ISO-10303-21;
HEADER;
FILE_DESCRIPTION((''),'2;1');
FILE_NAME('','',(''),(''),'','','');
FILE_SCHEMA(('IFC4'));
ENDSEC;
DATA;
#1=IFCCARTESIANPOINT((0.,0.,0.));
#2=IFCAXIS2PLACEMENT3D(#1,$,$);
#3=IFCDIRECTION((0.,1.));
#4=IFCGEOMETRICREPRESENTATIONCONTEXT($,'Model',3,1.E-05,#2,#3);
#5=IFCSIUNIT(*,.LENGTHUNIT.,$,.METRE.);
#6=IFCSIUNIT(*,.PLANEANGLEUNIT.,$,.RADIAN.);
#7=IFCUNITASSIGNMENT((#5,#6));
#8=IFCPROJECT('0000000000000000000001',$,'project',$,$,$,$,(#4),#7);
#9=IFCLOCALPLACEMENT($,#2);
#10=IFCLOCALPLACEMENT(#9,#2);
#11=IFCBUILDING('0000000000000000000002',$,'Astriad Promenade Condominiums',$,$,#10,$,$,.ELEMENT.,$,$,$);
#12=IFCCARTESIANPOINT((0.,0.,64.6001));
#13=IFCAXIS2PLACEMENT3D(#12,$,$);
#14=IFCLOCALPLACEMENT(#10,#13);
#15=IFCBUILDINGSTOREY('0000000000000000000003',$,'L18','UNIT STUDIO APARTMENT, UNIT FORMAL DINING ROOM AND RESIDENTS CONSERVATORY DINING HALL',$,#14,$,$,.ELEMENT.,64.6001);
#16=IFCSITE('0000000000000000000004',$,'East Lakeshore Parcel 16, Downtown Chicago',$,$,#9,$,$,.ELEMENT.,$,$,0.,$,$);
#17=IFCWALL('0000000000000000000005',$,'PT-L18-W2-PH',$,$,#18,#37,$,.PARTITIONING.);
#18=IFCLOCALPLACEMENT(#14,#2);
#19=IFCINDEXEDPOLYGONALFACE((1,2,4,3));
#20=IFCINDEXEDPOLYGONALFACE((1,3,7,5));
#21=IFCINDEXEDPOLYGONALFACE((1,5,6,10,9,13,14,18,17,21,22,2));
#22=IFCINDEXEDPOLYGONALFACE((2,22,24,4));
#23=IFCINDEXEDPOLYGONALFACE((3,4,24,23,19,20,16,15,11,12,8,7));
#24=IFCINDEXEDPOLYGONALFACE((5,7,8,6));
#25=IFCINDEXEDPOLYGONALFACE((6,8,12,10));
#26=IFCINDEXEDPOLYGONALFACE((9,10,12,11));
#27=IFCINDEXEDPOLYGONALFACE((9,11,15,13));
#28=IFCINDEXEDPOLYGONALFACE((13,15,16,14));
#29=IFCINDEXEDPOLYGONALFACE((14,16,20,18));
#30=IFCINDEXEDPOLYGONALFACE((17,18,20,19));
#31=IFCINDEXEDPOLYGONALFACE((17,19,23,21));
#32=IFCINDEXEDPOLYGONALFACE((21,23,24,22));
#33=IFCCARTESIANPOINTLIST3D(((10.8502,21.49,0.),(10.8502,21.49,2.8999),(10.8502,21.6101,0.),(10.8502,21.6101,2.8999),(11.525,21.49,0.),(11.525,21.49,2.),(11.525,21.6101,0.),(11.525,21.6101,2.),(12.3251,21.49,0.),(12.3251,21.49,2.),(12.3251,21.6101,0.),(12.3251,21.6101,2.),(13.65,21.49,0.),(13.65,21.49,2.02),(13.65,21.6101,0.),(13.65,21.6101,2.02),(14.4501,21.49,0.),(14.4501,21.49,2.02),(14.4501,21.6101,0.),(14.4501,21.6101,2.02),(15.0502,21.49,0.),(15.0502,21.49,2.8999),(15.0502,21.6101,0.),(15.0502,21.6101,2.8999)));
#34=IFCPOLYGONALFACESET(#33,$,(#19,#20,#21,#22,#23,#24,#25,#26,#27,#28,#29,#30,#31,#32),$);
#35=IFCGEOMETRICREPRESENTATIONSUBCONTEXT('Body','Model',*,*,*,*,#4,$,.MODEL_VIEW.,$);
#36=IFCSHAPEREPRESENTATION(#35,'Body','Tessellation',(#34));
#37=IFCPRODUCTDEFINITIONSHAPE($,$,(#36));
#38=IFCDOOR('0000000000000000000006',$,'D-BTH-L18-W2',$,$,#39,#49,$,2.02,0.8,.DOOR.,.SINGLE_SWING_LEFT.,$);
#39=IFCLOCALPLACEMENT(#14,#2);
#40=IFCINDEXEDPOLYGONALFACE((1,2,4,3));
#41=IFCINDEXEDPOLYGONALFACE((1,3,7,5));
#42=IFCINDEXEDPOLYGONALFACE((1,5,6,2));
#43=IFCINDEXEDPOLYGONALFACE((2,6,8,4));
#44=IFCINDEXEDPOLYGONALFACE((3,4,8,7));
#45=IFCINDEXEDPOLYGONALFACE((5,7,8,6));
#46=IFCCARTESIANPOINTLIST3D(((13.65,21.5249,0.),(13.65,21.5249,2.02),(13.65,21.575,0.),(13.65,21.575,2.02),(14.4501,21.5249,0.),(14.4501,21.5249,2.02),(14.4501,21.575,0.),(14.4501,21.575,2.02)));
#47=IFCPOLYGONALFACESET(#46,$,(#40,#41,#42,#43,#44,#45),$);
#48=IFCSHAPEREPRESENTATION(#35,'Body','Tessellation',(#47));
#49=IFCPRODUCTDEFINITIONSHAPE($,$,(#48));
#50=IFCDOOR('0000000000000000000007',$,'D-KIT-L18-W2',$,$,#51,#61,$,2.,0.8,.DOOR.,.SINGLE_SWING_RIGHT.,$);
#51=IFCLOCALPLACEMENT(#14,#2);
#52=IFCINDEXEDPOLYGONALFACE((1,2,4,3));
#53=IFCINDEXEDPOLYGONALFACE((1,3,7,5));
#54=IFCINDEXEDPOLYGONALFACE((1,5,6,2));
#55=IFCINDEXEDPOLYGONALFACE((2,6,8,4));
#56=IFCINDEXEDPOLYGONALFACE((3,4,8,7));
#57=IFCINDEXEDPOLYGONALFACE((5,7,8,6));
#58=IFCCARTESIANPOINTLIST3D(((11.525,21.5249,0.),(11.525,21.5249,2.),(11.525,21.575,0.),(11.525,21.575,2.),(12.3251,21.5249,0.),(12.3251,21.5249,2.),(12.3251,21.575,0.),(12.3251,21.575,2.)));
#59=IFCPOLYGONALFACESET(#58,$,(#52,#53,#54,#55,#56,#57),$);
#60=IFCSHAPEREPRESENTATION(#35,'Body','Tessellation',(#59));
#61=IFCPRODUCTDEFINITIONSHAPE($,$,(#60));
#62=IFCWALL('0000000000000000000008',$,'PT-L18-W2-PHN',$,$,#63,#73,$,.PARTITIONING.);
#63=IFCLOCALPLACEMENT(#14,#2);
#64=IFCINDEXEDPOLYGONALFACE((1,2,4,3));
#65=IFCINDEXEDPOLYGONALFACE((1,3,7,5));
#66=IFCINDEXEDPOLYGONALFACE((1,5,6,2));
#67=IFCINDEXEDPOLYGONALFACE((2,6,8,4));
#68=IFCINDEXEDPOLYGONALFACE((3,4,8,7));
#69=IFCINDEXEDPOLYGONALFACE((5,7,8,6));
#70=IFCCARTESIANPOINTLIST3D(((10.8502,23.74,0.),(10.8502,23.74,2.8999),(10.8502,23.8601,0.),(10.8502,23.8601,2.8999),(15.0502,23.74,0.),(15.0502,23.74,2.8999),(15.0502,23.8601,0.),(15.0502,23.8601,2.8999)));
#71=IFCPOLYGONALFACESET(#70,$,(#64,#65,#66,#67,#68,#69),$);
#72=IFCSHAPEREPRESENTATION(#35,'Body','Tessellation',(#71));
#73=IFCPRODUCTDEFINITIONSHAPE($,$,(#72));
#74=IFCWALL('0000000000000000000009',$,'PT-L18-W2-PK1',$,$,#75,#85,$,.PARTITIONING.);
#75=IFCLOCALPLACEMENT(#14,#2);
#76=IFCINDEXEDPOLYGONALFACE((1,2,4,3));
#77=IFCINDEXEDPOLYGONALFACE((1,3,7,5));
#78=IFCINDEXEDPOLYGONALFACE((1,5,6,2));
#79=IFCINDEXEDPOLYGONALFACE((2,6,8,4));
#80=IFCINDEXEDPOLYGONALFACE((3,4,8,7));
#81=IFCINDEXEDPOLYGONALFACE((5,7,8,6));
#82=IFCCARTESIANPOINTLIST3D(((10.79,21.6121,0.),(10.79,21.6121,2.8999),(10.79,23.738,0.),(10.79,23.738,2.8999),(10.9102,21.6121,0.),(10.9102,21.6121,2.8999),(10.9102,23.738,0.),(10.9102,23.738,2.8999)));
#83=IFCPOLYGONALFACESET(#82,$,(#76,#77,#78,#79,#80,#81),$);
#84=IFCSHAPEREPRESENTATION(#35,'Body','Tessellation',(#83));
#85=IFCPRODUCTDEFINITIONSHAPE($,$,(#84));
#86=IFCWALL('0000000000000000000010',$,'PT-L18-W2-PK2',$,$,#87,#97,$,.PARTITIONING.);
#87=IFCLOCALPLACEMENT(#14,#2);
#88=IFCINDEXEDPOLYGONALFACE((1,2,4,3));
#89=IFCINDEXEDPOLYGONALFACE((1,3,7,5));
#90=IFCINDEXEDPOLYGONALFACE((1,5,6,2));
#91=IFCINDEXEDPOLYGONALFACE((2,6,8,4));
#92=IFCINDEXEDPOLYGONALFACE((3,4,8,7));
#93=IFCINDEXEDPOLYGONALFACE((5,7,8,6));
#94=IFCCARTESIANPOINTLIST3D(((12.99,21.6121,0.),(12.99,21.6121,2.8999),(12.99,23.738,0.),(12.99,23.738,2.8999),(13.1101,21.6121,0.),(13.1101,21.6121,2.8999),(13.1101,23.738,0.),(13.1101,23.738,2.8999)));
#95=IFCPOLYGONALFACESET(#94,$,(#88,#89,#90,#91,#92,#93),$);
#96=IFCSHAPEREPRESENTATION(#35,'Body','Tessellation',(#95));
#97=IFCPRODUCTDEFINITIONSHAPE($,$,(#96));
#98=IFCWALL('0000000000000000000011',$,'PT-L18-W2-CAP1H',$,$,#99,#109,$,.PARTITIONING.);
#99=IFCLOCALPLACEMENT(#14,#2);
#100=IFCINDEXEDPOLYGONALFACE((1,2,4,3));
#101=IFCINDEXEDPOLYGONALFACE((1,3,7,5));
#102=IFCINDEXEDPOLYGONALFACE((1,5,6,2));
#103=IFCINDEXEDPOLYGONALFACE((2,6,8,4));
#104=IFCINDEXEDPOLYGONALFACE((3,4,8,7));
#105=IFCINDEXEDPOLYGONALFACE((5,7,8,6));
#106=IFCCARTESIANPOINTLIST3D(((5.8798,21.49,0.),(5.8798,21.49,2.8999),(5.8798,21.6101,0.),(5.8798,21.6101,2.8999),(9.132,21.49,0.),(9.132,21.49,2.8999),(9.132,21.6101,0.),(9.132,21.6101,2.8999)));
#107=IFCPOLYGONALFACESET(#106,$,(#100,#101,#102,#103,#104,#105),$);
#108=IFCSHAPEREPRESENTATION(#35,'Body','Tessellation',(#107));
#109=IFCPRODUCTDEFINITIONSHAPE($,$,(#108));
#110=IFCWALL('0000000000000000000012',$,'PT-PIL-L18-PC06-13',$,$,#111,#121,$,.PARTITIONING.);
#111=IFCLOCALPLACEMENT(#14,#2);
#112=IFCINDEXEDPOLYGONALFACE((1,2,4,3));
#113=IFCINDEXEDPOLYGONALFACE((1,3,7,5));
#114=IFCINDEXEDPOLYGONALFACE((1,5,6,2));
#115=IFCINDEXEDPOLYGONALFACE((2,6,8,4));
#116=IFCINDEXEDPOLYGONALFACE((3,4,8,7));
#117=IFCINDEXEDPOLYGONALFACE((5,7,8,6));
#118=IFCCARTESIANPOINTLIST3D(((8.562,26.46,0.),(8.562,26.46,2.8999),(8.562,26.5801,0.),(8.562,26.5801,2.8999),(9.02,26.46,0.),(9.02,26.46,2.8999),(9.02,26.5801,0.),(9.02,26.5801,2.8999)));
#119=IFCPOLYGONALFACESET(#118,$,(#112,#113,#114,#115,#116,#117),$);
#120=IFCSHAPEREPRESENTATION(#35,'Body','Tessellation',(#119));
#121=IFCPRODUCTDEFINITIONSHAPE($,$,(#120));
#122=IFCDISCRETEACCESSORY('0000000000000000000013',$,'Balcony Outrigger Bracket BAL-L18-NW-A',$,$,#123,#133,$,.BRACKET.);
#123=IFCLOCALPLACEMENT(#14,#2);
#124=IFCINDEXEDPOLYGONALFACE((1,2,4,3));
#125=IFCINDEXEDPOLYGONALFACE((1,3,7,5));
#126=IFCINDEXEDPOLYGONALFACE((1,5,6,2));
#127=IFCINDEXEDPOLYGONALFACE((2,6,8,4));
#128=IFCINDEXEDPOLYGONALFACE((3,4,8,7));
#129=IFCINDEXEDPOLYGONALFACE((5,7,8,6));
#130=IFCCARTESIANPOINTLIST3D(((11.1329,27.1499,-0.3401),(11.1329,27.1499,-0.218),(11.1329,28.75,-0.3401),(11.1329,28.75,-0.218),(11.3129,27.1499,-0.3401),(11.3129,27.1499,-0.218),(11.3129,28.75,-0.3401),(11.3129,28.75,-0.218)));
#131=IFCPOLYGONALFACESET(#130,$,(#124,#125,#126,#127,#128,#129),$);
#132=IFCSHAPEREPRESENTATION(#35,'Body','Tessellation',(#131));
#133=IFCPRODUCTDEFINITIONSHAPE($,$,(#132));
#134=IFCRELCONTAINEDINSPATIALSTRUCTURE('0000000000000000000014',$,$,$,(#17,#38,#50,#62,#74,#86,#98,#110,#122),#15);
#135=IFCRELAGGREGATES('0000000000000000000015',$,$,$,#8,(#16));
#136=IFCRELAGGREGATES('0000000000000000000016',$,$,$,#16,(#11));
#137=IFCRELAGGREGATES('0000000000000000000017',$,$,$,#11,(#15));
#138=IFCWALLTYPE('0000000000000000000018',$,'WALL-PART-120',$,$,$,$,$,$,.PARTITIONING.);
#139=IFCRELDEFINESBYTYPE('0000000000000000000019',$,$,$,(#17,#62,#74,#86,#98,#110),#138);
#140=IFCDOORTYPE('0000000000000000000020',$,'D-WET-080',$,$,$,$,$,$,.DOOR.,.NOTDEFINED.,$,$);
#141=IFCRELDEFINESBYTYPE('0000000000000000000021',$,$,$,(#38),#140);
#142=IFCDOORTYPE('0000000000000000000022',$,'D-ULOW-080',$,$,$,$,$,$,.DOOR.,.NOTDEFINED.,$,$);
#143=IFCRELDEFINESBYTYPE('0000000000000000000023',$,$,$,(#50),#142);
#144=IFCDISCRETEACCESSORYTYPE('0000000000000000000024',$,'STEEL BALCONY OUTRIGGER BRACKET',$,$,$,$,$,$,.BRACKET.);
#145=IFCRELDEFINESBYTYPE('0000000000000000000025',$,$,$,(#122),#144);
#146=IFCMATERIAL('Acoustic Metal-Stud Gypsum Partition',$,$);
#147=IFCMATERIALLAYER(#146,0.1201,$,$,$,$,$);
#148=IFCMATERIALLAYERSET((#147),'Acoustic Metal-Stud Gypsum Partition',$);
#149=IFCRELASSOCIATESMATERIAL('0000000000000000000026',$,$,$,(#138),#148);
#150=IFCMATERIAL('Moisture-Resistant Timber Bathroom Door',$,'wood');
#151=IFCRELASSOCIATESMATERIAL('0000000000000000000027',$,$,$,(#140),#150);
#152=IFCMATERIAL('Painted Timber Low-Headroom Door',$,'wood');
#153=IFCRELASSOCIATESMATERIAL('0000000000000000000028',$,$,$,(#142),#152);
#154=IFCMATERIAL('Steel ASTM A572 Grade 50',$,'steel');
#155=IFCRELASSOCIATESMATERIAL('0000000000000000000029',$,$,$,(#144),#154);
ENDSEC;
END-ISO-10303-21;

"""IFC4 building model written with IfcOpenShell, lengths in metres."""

from ifc_helpers import new_model, si_unit, direction, frame, frame_2d, origin, origin_2d, place, context, subcontext, project, spatial, rectangle, extrude, source, transform, mapped, material, layer, layer_set, type_object, type_shapes, element, fill, save


model = new_model("IFC4")

# Units and contexts
model_context = context("Model", 3, precision=1e-05, world=origin(), true_north=direction((0.0, 1.0)))
body_context = subcontext(model_context, "Body", "Model", "MODEL_VIEW")
ifc_project = project(units=[si_unit("LENGTHUNIT", "METRE"), si_unit("PLANEANGLEUNIT", "RADIAN")], contexts=[model_context])

# Site, building, storey
site_placement = place(None, origin())
site = spatial("IfcSite", under=ifc_project, at=site_placement, Name="East Lakeshore Parcel 16, Downtown Chicago", CompositionType="ELEMENT", RefElevation=0.0)
building_placement = place(site_placement, origin())
building = spatial("IfcBuilding", under=site, at=building_placement, Name="Astriad Promenade Condominiums", CompositionType="ELEMENT")
storey_placement = place(building_placement, frame((0.0, 0.0, 64.6001)))
storey = spatial("IfcBuildingStorey", under=building, at=storey_placement, Name="L18", Description="UNIT STUDIO APARTMENT, UNIT FORMAL DINING ROOM AND RESIDENTS CONSERVATORY DINING HALL", CompositionType="ELEMENT", Elevation=64.6001)

# Wall, openings, doors
ifc_material_1 = material(Name="Acoustic Metal-Stud Gypsum Partition")
ifc_layer_1 = layer(ifc_material_1, 0.1201)
ifc_layer_set_1 = layer_set([ifc_layer_1], Name="Acoustic Metal-Stud Gypsum Partition")
wall_type_1 = type_object("IfcWallType", Name="WALL-PART-120", PredefinedType="PARTITIONING", material=ifc_layer_set_1)
wall_1_placement = place(storey_placement, frame((10.8501, 21.55, 0.0), z_axis=(0.0, 0.0, 1.0), x_axis=(1.0, 0.0, 0.0)))
wall_1 = element("IfcWall", 1, at=wall_1_placement, inside=storey, type_object=wall_type_1, Name="PT-L18-W2-PH", PredefinedType="PARTITIONING", context=body_context, shape_type="SweptSolid", body=[
    extrude(rectangle(XDim=4.2, YDim=0.1201, at=frame_2d((2.1001, 0.0))), origin(), (0.0, 0.0, 1.0), 2.8999),
])
opening_1_placement = place(wall_1_placement, frame((0.675, 0.0, 0.0)))
opening_1 = element("IfcOpeningElement", 2, at=opening_1_placement, cuts=wall_1, PredefinedType="OPENING", context=body_context, shape_type="SweptSolid", body=[
    extrude(rectangle(XDim=0.8, YDim=2.0, at=frame_2d((0.3999, 1.0))), frame((0.0, 0.0701, 0.0), z_axis=(0.0, -1.0, 0.0), x_axis=(1.0, 0.0, 0.0)), (0.0, 0.0, 1.0), 0.1401),
])
opening_2_placement = place(wall_1_placement, frame((2.8, 0.0, 0.0)))
opening_2 = element("IfcOpeningElement", 3, at=opening_2_placement, cuts=wall_1, PredefinedType="OPENING", context=body_context, shape_type="SweptSolid", body=[
    extrude(rectangle(XDim=0.8, YDim=2.02, at=frame_2d((0.3999, 1.01))), frame((0.0, 0.0701, 0.0), z_axis=(0.0, -1.0, 0.0), x_axis=(1.0, 0.0, 0.0)), (0.0, 0.0, 1.0), 0.1401),
])
ifc_material_2 = material(Name="Moisture-Resistant Timber Bathroom Door", Category="wood")
door_type_1 = type_object("IfcDoorType", Name="D-WET-080", OperationType="NOTDEFINED", PredefinedType="DOOR", material=ifc_material_2)
shared_shape_1 = source(origin(), body_context, "Body", "SweptSolid", [
    extrude(rectangle(XDim=0.8, YDim=2.02, at=frame_2d((0.3999, 1.01))), frame((0.0, 0.0249, 0.0), z_axis=(0.0, -1.0, 0.0), x_axis=(1.0, 0.0, 0.0)), (0.0, 0.0, 1.0), 0.05),
])
type_shapes(door_type_1, [shared_shape_1])
door_1_placement = place(opening_2_placement, origin())
door_1 = element("IfcDoor", 4, at=door_1_placement, inside=storey, type_object=door_type_1, Name="D-BTH-L18-W2", OperationType="SINGLE_SWING_LEFT", OverallHeight=2.02, OverallWidth=0.8, PredefinedType="DOOR", context=body_context, shape_type="MappedRepresentation", body=[
    mapped(shared_shape_1, transform((0.0, 0.0, 0.0), scale=1.0)),
])
fill(opening_2, door_1)
ifc_material_3 = material(Name="Painted Timber Low-Headroom Door", Category="wood")
door_type_2 = type_object("IfcDoorType", Name="D-ULOW-080", OperationType="NOTDEFINED", PredefinedType="DOOR", material=ifc_material_3)
shared_shape_2 = source(origin(), body_context, "Body", "SweptSolid", [
    extrude(rectangle(XDim=0.8, YDim=2.0, at=frame_2d((0.3999, 1.0))), frame((0.0, 0.0249, 0.0), z_axis=(0.0, -1.0, 0.0), x_axis=(1.0, 0.0, 0.0)), (0.0, 0.0, 1.0), 0.05),
])
type_shapes(door_type_2, [shared_shape_2])
door_2_placement = place(opening_1_placement, origin())
door_2 = element("IfcDoor", 5, at=door_2_placement, inside=storey, type_object=door_type_2, Name="D-KIT-L18-W2", OperationType="SINGLE_SWING_RIGHT", OverallHeight=2.0, OverallWidth=0.8, PredefinedType="DOOR", context=body_context, shape_type="MappedRepresentation", body=[
    mapped(shared_shape_2, transform((0.0, 0.0, 0.0), scale=1.0)),
])
fill(opening_1, door_2)

# Walls
wall_2_placement = place(storey_placement, frame((10.8501, 23.8, 0.0), z_axis=(0.0, 0.0, 1.0), x_axis=(1.0, 0.0, 0.0)))
element("IfcWall", 6, at=wall_2_placement, inside=storey, type_object=wall_type_1, Name="PT-L18-W2-PHN", PredefinedType="PARTITIONING", context=body_context, shape_type="SweptSolid", body=[
    extrude(rectangle(XDim=4.2, YDim=0.1201, at=frame_2d((2.1001, 0.0))), origin(), (0.0, 0.0, 1.0), 2.8999),
])
for number, where, z_axis, x_axis, name in (
    (7, (10.8501, 21.6121, 0.0), (0.0, 0.0, 1.0), (0.0, 1.0, 0.0), "PT-L18-W2-PK1"),
    (8, (13.05, 21.6121, 0.0), (0.0, 0.0, 1.0), (0.0, 1.0, 0.0), "PT-L18-W2-PK2"),
):
    element("IfcWall", number, at=place(storey_placement, frame(where, z_axis=z_axis, x_axis=x_axis)), inside=storey, type_object=wall_type_1, Name=name, PredefinedType="PARTITIONING", context=body_context, shape_type="SweptSolid", body=[
        extrude(rectangle(XDim=2.126, YDim=0.1201, at=frame_2d((1.063, 0.0))), origin(), (0.0, 0.0, 1.0), 2.8999),
    ])
wall_3_placement = place(storey_placement, frame((5.8799, 21.55, 0.0), z_axis=(0.0, 0.0, 1.0), x_axis=(1.0, 0.0, 0.0)))
element("IfcWall", 9, at=wall_3_placement, inside=storey, type_object=wall_type_1, Name="PT-L18-W2-CAP1H", PredefinedType="PARTITIONING", context=body_context, shape_type="SweptSolid", body=[
    extrude(rectangle(XDim=3.2522, YDim=0.1201, at=frame_2d((1.626, 0.0))), origin(), (0.0, 0.0, 1.0), 2.8999),
])
wall_4_placement = place(storey_placement, frame((9.02, 26.52, 0.0), z_axis=(0.0, 0.0, 1.0), x_axis=(-1.0, 0.0, 0.0)))
element("IfcWall", 10, at=wall_4_placement, inside=storey, type_object=wall_type_1, Name="PT-PIL-L18-PC06-13", PredefinedType="PARTITIONING", context=body_context, shape_type="SweptSolid", body=[
    extrude(rectangle(XDim=0.458, YDim=0.1201, at=frame_2d((0.229, 0.0))), origin(), (0.0, 0.0, 1.0), 2.8999),
])

# Discrete accessory
ifc_material_4 = material(Name="Steel ASTM A572 Grade 50", Category="steel")
discrete_accessory_type = type_object("IfcDiscreteAccessoryType", Name="STEEL BALCONY OUTRIGGER BRACKET", PredefinedType="BRACKET", material=ifc_material_4)
shared_shape_3 = source(origin(), body_context, "Body", "SweptSolid", [
    extrude(rectangle(XDim=1.6001, YDim=0.1799, at=origin_2d()), origin(), (0.0, 0.0, 1.0), 0.1221),
])
type_shapes(discrete_accessory_type, [shared_shape_3])
discrete_accessory_placement = place(storey_placement, frame((11.2229, 27.95, -0.3401), z_axis=(0.0, 0.0, 1.0), x_axis=(0.0, 1.0, 0.0)))
element("IfcDiscreteAccessory", 11, at=discrete_accessory_placement, inside=storey, type_object=discrete_accessory_type, Name="Balcony Outrigger Bracket BAL-L18-NW-A", PredefinedType="BRACKET", context=body_context, shape_type="MappedRepresentation", body=[
    mapped(shared_shape_3, transform((0.0, 0.0, 0.0), scale=1.0)),
])

save(model, "model.ifc")
